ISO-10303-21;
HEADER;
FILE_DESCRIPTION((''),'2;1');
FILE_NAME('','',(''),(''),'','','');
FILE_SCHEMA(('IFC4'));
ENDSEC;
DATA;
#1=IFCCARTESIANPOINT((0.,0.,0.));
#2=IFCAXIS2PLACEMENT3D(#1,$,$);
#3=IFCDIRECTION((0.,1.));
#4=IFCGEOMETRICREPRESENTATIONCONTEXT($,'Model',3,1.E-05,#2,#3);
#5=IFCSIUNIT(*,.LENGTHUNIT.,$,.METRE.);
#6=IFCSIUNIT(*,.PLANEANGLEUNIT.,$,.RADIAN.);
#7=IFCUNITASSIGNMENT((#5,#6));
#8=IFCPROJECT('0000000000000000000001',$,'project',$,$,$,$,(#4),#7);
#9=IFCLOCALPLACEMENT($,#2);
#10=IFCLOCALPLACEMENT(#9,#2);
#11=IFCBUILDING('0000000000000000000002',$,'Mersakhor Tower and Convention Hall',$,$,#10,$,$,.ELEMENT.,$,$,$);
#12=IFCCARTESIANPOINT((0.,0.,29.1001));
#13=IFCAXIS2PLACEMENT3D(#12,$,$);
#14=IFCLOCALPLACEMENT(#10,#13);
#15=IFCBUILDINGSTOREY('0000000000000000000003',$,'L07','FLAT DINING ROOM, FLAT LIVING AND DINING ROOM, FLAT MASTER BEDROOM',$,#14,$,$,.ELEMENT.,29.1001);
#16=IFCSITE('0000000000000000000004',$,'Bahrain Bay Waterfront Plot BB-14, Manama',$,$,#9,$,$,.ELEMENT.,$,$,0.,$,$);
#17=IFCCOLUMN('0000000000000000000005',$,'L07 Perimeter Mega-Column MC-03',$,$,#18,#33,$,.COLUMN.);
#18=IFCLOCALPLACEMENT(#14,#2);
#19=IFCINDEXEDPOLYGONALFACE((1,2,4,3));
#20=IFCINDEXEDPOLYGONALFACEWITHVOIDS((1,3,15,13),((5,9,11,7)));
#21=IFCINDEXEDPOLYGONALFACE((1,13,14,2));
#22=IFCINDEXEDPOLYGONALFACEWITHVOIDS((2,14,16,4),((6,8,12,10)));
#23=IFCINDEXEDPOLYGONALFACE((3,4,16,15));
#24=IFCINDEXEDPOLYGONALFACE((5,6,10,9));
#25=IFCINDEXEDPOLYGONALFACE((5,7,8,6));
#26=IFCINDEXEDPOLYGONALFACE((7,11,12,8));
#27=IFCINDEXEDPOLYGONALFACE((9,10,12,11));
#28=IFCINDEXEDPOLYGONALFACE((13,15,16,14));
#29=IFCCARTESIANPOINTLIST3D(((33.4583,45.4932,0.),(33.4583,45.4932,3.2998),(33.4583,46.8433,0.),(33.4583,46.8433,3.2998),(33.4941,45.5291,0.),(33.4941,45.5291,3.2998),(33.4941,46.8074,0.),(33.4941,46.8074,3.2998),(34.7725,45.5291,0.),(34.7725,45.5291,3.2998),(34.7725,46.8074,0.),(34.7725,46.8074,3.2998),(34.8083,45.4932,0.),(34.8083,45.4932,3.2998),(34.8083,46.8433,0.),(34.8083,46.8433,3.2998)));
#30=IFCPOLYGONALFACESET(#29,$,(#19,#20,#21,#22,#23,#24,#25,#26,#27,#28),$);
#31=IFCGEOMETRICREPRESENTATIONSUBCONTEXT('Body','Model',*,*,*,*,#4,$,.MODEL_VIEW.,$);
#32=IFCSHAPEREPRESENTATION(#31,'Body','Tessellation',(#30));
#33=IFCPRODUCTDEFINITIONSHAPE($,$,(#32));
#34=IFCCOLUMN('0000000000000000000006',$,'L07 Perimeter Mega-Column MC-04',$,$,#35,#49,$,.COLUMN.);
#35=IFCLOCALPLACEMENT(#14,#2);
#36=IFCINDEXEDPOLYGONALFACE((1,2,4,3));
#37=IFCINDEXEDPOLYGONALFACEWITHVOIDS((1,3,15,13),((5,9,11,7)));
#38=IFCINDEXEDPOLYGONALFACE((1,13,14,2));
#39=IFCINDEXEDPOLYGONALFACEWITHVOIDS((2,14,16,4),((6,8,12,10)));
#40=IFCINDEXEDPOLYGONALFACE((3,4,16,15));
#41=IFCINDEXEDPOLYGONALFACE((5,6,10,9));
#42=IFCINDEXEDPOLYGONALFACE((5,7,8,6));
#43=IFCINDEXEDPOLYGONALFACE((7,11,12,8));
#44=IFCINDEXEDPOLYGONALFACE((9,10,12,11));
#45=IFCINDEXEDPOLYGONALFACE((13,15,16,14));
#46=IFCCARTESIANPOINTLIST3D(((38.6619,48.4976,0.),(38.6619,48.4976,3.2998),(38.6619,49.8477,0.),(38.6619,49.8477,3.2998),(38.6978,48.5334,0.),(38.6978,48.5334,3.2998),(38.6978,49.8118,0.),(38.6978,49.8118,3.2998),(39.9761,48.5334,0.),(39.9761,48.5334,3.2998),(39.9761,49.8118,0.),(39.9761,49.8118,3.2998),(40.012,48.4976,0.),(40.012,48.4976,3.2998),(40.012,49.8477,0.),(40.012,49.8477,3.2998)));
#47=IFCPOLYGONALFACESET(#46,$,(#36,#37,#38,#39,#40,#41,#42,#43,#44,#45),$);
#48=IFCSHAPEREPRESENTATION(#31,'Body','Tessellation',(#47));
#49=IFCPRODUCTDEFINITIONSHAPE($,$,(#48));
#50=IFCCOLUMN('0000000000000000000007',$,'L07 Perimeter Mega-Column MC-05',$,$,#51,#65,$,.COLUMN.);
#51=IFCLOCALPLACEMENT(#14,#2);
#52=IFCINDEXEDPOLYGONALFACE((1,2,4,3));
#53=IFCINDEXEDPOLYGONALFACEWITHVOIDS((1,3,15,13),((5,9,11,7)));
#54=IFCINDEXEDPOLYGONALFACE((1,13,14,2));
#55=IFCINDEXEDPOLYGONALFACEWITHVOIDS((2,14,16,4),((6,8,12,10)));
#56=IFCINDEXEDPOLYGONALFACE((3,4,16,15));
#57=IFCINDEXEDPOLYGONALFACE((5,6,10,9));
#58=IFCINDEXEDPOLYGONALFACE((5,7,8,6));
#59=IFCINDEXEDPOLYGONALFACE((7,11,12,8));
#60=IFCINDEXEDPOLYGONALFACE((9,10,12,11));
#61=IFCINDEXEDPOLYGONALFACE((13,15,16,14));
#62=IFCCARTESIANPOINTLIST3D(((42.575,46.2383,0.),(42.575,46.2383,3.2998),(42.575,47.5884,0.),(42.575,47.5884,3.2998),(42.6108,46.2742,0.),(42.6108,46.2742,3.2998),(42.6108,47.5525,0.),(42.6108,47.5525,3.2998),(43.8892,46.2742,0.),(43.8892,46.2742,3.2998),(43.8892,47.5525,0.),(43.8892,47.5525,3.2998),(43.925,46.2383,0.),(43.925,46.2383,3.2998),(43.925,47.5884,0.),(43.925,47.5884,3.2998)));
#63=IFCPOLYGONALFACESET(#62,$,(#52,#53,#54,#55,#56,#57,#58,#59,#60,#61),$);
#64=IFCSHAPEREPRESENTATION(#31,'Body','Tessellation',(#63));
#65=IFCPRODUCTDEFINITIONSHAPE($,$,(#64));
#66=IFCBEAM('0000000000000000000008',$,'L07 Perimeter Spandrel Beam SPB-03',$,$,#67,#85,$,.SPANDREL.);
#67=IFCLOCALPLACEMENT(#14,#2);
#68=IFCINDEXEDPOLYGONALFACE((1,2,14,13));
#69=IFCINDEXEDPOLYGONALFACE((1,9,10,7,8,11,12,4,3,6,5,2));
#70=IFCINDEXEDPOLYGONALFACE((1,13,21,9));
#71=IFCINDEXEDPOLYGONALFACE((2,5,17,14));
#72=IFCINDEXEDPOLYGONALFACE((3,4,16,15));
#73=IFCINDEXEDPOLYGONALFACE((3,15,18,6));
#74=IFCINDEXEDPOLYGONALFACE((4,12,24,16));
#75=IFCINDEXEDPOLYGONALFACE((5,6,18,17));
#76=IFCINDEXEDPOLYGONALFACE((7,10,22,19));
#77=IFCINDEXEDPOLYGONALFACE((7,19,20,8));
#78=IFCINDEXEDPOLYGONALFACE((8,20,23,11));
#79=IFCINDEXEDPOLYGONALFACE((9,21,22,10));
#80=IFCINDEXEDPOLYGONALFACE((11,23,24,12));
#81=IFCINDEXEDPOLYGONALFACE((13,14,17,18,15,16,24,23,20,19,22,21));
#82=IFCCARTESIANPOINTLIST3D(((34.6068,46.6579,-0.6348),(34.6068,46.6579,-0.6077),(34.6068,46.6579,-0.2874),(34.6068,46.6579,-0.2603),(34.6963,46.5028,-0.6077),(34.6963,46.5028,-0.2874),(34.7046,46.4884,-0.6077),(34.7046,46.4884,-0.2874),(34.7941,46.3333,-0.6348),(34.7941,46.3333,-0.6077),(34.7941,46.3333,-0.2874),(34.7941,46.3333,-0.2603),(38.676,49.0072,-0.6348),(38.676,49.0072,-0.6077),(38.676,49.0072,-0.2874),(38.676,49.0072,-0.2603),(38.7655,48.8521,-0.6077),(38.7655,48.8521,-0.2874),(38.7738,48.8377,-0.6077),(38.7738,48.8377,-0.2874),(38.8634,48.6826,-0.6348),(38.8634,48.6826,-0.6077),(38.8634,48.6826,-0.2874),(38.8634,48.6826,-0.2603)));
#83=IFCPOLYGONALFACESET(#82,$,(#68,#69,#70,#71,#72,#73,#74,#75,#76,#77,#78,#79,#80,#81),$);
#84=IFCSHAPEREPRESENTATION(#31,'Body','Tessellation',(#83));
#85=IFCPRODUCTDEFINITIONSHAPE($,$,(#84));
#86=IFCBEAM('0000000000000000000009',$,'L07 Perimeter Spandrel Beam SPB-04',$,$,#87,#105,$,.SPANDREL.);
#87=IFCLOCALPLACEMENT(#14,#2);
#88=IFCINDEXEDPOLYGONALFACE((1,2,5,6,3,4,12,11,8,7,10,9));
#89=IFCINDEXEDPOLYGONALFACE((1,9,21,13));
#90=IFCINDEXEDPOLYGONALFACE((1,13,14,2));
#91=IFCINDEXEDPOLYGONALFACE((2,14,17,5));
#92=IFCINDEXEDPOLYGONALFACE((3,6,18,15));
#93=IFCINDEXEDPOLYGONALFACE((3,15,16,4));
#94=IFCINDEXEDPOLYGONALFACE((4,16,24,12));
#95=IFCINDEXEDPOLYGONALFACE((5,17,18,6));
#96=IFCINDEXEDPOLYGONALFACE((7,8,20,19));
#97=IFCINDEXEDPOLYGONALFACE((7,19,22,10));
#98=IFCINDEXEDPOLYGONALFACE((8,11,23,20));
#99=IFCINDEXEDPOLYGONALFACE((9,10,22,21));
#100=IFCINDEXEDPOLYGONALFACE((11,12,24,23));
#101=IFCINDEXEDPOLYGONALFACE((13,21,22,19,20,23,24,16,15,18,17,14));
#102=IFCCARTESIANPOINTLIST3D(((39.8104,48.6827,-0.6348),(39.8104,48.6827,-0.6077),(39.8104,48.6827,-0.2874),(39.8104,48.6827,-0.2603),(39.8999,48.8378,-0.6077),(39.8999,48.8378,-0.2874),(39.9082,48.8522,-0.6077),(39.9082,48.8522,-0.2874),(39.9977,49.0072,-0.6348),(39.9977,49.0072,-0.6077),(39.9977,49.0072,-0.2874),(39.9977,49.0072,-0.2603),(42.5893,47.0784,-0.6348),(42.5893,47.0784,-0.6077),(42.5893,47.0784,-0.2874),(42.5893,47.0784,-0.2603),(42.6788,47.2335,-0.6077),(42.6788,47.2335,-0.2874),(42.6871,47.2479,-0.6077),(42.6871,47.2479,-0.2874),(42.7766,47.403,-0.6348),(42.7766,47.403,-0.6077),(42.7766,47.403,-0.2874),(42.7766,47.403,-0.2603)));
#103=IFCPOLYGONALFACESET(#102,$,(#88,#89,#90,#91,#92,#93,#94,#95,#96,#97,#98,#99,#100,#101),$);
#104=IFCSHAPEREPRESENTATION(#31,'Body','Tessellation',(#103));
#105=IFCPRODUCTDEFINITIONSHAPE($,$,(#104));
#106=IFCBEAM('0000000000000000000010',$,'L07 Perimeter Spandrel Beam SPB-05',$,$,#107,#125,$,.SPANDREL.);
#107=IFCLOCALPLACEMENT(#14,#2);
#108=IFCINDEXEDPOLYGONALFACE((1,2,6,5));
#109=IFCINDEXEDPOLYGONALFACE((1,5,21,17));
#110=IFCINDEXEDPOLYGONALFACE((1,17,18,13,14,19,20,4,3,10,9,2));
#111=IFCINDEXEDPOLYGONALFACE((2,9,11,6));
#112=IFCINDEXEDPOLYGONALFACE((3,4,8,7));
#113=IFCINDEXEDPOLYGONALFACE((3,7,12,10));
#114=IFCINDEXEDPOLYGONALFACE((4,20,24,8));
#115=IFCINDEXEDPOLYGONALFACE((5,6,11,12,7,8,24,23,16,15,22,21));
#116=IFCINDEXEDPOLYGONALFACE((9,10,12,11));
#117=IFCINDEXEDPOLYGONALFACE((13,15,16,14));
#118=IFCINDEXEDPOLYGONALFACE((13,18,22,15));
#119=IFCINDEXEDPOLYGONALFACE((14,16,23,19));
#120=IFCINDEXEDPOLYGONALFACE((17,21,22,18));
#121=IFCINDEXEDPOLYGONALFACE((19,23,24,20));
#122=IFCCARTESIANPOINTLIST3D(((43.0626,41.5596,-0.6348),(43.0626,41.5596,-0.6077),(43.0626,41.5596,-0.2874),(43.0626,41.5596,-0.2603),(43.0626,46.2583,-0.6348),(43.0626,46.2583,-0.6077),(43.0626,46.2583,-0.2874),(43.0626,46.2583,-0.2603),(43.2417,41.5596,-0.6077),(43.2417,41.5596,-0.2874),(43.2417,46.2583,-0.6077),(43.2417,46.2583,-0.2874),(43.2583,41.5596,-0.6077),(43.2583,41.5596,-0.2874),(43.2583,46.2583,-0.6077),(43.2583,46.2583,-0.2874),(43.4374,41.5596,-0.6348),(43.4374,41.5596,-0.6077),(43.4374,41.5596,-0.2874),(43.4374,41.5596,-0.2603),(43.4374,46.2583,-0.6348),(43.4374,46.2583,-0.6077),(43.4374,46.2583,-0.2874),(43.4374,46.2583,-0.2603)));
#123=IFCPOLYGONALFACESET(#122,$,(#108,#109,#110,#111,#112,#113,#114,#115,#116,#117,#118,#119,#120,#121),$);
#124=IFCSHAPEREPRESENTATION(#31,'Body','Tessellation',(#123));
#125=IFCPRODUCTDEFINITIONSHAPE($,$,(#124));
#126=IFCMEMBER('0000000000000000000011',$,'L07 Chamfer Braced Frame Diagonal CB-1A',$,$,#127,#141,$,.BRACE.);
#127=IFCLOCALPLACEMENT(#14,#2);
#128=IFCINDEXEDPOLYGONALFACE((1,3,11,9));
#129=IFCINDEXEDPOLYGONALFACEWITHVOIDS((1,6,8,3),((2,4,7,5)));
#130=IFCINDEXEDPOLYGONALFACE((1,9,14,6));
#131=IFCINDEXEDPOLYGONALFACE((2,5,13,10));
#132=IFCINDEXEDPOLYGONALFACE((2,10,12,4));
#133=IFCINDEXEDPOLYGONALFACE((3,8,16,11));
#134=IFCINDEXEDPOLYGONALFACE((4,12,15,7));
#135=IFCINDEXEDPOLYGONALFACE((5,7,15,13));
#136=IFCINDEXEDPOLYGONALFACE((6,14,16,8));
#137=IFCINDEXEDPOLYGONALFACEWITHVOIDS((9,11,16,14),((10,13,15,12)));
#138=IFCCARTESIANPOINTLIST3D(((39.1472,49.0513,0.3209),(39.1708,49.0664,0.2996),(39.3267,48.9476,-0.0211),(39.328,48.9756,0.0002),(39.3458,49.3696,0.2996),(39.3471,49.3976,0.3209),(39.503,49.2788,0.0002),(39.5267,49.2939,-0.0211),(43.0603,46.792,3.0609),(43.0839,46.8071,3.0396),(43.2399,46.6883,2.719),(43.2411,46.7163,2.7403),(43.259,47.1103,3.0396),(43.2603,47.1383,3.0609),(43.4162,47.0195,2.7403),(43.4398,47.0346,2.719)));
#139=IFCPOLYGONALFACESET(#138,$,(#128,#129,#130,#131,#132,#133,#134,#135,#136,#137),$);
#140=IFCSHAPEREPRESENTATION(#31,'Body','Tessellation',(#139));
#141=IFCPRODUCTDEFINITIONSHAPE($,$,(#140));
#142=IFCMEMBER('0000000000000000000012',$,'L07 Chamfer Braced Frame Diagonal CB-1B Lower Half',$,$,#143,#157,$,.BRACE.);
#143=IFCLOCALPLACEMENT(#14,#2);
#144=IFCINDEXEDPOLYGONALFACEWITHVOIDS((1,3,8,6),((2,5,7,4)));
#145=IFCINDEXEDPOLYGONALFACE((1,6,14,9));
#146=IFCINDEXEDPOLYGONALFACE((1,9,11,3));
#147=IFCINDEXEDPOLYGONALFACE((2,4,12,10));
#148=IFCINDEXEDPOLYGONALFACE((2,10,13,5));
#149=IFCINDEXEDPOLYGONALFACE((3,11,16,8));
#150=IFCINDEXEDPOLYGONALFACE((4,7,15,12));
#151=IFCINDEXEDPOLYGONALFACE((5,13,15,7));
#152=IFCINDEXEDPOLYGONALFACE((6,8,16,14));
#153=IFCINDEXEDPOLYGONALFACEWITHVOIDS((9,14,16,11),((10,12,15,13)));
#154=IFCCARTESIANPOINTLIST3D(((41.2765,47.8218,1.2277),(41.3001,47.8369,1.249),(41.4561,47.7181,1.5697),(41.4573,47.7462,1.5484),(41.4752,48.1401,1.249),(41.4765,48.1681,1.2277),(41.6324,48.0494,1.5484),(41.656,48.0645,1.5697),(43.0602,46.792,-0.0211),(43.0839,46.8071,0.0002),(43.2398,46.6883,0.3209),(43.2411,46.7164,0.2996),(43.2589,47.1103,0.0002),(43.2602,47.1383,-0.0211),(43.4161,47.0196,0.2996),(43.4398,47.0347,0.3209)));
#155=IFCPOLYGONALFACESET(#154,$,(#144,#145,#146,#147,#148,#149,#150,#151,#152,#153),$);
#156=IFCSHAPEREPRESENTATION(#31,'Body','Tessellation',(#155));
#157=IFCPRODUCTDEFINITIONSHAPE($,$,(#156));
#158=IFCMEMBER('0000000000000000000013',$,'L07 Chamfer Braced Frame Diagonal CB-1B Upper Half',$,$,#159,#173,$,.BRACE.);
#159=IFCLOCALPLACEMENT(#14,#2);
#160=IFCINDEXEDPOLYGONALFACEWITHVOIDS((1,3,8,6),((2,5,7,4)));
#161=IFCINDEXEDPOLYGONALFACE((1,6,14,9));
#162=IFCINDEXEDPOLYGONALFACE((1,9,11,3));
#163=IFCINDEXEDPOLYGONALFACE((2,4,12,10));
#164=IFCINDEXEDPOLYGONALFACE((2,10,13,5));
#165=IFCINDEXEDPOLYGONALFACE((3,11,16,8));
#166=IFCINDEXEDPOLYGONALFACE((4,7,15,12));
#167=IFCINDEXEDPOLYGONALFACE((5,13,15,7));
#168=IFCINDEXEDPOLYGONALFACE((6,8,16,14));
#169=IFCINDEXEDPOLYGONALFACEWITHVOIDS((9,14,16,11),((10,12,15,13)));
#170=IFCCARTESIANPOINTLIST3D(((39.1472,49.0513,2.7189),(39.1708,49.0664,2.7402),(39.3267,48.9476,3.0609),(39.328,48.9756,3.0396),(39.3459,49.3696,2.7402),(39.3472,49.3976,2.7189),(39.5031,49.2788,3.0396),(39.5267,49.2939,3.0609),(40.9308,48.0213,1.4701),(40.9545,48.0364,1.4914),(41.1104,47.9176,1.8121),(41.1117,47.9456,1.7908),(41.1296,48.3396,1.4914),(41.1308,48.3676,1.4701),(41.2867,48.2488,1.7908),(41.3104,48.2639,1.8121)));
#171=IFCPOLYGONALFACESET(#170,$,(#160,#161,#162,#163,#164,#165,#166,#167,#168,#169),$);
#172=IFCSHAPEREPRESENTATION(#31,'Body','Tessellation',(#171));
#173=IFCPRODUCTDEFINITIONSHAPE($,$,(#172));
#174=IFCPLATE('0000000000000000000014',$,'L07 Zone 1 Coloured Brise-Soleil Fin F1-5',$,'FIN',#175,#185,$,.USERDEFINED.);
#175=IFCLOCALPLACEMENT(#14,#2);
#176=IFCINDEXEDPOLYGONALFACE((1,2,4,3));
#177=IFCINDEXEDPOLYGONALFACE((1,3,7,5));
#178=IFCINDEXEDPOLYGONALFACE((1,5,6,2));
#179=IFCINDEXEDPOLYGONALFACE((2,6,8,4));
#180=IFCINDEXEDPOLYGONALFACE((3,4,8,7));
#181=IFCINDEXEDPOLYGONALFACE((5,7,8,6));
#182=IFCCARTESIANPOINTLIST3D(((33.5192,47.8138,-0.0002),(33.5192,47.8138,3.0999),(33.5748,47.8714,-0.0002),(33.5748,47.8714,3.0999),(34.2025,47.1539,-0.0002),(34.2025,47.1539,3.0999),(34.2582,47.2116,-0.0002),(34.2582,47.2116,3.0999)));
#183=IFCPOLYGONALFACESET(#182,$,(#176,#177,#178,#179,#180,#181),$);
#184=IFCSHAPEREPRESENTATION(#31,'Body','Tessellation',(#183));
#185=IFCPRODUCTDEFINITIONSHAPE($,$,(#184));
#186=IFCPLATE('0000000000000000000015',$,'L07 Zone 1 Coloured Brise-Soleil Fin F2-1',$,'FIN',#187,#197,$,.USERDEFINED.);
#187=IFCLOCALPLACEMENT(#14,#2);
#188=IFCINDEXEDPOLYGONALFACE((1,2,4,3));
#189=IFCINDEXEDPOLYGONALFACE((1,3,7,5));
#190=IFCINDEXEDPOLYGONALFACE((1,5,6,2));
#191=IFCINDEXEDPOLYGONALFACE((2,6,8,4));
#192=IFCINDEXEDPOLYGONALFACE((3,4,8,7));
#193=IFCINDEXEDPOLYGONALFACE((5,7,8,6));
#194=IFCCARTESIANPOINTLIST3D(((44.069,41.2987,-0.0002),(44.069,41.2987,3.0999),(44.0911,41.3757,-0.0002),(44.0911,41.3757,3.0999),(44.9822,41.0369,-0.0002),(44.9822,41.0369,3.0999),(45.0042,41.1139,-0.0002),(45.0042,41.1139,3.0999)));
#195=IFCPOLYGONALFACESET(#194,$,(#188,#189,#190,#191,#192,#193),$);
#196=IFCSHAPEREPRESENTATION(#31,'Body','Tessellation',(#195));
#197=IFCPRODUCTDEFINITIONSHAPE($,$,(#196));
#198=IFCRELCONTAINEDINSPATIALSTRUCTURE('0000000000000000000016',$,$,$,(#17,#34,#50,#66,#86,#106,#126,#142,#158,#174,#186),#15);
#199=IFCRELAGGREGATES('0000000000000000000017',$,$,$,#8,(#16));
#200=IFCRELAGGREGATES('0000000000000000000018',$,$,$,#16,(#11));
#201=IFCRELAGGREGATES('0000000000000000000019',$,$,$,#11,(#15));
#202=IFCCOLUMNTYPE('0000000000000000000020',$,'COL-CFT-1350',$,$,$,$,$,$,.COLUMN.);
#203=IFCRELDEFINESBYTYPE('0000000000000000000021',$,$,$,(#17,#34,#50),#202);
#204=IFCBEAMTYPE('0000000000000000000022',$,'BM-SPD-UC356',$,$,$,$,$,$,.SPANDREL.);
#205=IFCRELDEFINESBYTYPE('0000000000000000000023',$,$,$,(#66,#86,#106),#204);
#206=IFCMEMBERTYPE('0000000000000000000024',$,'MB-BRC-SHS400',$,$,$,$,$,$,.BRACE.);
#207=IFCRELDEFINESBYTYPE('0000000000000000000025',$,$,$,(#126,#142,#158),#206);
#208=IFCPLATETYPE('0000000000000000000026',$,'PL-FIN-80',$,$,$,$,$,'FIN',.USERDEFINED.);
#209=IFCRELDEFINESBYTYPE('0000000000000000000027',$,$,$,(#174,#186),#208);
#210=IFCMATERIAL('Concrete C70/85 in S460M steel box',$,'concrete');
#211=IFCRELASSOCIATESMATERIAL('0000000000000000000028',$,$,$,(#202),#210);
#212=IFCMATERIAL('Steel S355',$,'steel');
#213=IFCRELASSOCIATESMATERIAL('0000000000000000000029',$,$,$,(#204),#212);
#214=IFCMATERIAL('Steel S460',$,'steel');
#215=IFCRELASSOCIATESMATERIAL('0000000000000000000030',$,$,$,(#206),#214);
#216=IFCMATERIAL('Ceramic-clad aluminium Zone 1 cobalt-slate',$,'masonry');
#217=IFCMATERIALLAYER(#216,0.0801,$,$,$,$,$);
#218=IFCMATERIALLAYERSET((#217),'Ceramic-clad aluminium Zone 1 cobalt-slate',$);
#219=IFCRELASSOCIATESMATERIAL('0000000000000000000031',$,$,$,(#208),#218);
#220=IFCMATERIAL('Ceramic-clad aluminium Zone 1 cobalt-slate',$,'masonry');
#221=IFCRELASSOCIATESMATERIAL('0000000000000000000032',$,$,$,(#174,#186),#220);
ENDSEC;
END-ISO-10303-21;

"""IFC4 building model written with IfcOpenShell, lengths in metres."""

from ifc_helpers import new_model, si_unit, direction, frame, origin, origin_2d, place, context, subcontext, project, spatial, rectangle, hollow_rectangle, i_section, extrude, material, layer, layer_set, material_profile, profile_set, type_object, element, save


model = new_model("IFC4")

# Units and contexts
model_context = context("Model", 3, precision=1e-05, world=origin(), true_north=direction((0.0, 1.0)))
body_context = subcontext(model_context, "Body", "Model", "MODEL_VIEW")
ifc_project = project(units=[si_unit("LENGTHUNIT", "METRE"), si_unit("PLANEANGLEUNIT", "RADIAN")], contexts=[model_context])

# Site, building, storey
site_placement = place(None, origin())
site = spatial("IfcSite", under=ifc_project, at=site_placement, Name="Bahrain Bay Waterfront Plot BB-14, Manama", CompositionType="ELEMENT", RefElevation=0.0)
building_placement = place(site_placement, origin())
building = spatial("IfcBuilding", under=site, at=building_placement, Name="Mersakhor Tower and Convention Hall", CompositionType="ELEMENT")
storey_placement = place(building_placement, frame((0.0, 0.0, 29.1001)))
storey = spatial("IfcBuildingStorey", under=building, at=storey_placement, Name="L07", Description="FLAT DINING ROOM, FLAT LIVING AND DINING ROOM, FLAT MASTER BEDROOM", CompositionType="ELEMENT", Elevation=29.1001)

# Columns
ifc_material_1 = material(Name="Concrete C70/85 in S460M steel box", Category="concrete")
ifc_material_profile_1 = material_profile(ifc_material_1, hollow_rectangle(XDim=1.3501, YDim=1.3501, WallThickness=0.0359, at=origin_2d()), Name="SHS 1350x1350x36")
ifc_profile_set_1 = profile_set([ifc_material_profile_1], Name="Concrete C70/85 in S460M steel box")
column_type = type_object("IfcColumnType", Name="COL-CFT-1350", PredefinedType="COLUMN", material=ifc_profile_set_1)
for number, where, z_axis, x_axis, name in (
    (1, (34.1333, 46.1682, 0.0), (0.0, 0.0, 1.0), (1.0, 0.0, 0.0), "L07 Perimeter Mega-Column MC-03"),
    (2, (39.3369, 49.1726, 0.0), (0.0, 0.0, 1.0), (1.0, 0.0, 0.0), "L07 Perimeter Mega-Column MC-04"),
    (3, (43.25, 46.9133, 0.0), (0.0, 0.0, 1.0), (1.0, 0.0, 0.0), "L07 Perimeter Mega-Column MC-05"),
):
    element("IfcColumn", number, at=place(storey_placement, frame(where, z_axis=z_axis, x_axis=x_axis)), inside=storey, type_object=column_type, Name=name, PredefinedType="COLUMN", context=body_context, shape_type="SweptSolid", body=[
        extrude(hollow_rectangle(XDim=1.3501, YDim=1.3501, WallThickness=0.0359, at=origin_2d()), origin(), (0.0, 0.0, 1.0), 3.2998),
    ])

# Beams
ifc_material_2 = material(Name="Steel S355", Category="steel")
ifc_material_profile_2 = material_profile(ifc_material_2, i_section(OverallWidth=0.3748, OverallDepth=0.3745, WebThickness=0.0166, FlangeThickness=0.0271, at=origin_2d()), Name="UC 356x368x202")
ifc_profile_set_2 = profile_set([ifc_material_profile_2], Name="Steel S355")
beam_type = type_object("IfcBeamType", Name="BM-SPD-UC356", PredefinedType="SPANDREL", material=ifc_profile_set_2)
beam_1_placement = place(storey_placement, frame((34.7004, 46.4956, -0.4475), z_axis=(0.866032, 0.499989, 0.0), x_axis=(-0.499989, 0.866032, 0.0)))
element("IfcBeam", 4, at=beam_1_placement, inside=storey, type_object=beam_type, Name="L07 Perimeter Spandrel Beam SPB-03", PredefinedType="SPANDREL", context=body_context, shape_type="SweptSolid", body=[
    extrude(i_section(OverallWidth=0.3748, OverallDepth=0.3745, WebThickness=0.0166, FlangeThickness=0.0271, at=origin_2d()), origin(), (0.0, 0.0, 1.0), 4.6987),
])
beam_2_placement = place(storey_placement, frame((39.9041, 48.845, -0.4475), z_axis=(0.866039, -0.499977, 0.0), x_axis=(0.499977, 0.866039, 0.0)))
element("IfcBeam", 5, at=beam_2_placement, inside=storey, type_object=beam_type, Name="L07 Perimeter Spandrel Beam SPB-04", PredefinedType="SPANDREL", context=body_context, shape_type="SweptSolid", body=[
    extrude(i_section(OverallWidth=0.3748, OverallDepth=0.3745, WebThickness=0.0166, FlangeThickness=0.0271, at=origin_2d()), origin(), (0.0, 0.0, 1.0), 3.2087),
])
beam_3_placement = place(storey_placement, frame((43.25, 46.2583, -0.4475), z_axis=(0.0, -1.0, 0.0), x_axis=(1.0, 0.0, 0.0)))
element("IfcBeam", 6, at=beam_3_placement, inside=storey, type_object=beam_type, Name="L07 Perimeter Spandrel Beam SPB-05", PredefinedType="SPANDREL", context=body_context, shape_type="SweptSolid", body=[
    extrude(i_section(OverallWidth=0.3748, OverallDepth=0.3745, WebThickness=0.0166, FlangeThickness=0.0271, at=origin_2d()), origin(), (0.0, 0.0, 1.0), 4.6987),
])

# Members
ifc_material_3 = material(Name="Steel S460", Category="steel")
ifc_material_profile_3 = material_profile(ifc_material_3, hollow_rectangle(XDim=0.3999, YDim=0.3999, WallThickness=0.0249, at=origin_2d()), Name="SHS 400x400x25")
ifc_profile_set_3 = profile_set([ifc_material_profile_3], Name="Steel S460")
member_type = type_object("IfcMemberType", Name="MB-BRC-SHS400", PredefinedType="BRACE", material=ifc_profile_set_3)
member_placement = place(storey_placement, frame((39.3369, 49.1726, 0.1499), z_axis=(0.740508, -0.427543, 0.518513), x_axis=(0.500009, 0.86602, 0.0)))
element("IfcMember", 7, at=member_placement, inside=storey, type_object=member_type, Name="L07 Chamfer Braced Frame Diagonal CB-1A", PredefinedType="BRACE", context=body_context, shape_type="SweptSolid", body=[
    extrude(hollow_rectangle(XDim=0.3999, YDim=0.3999, WallThickness=0.0249, at=origin_2d()), origin(), (0.0, 0.0, 1.0), 5.2844),
])
for number, where, z_axis, x_axis, name in (
    (8, (43.25, 46.9133, 0.1499), (-0.740544, 0.427541, 0.518462), (-0.499989, -0.866032, 0.0), "L07 Chamfer Braced Frame Diagonal CB-1B Lower Half"),
    (9, (41.1206, 48.1426, 1.6411), (-0.740512, 0.427624, 0.51844), (-0.500078, -0.86598, 0.0), "L07 Chamfer Braced Frame Diagonal CB-1B Upper Half"),
):
    element("IfcMember", number, at=place(storey_placement, frame(where, z_axis=z_axis, x_axis=x_axis)), inside=storey, type_object=member_type, Name=name, PredefinedType="BRACE", context=body_context, shape_type="SweptSolid", body=[
        extrude(hollow_rectangle(XDim=0.3999, YDim=0.3999, WallThickness=0.0249, at=origin_2d()), origin(), (0.0, 0.0, 1.0), 2.4087),
    ])

# Plates
ifc_material_4 = material(Name="Ceramic-clad aluminium Zone 1 cobalt-slate", Category="masonry")
ifc_material_5 = material(Name="Ceramic-clad aluminium Zone 1 cobalt-slate", Category="masonry")
ifc_layer_1 = layer(ifc_material_5, 0.0801)
ifc_layer_set_1 = layer_set([ifc_layer_1], Name="Ceramic-clad aluminium Zone 1 cobalt-slate")
plate_type_1 = type_object("IfcPlateType", Name="PL-FIN-80", ElementType="FIN", PredefinedType="USERDEFINED", material=ifc_layer_set_1)
for number, where, z_axis, x_axis, name in (
    (10, (33.8887, 47.5127, -0.0002), (0.0, 0.0, 1.0), (-0.71934, 0.694658, 0.0), "L07 Zone 1 Coloured Brise-Soleil Fin F1-5"),
    (11, (44.5366, 41.2063, -0.0002), (0.0, 0.0, 1.0), (0.961262, -0.275637, 0.0), "L07 Zone 1 Coloured Brise-Soleil Fin F2-1"),
):
    element("IfcPlate", number, at=place(storey_placement, frame(where, z_axis=z_axis, x_axis=x_axis)), inside=storey, type_object=plate_type_1, material=ifc_material_4, Name=name, ObjectType="FIN", PredefinedType="USERDEFINED", context=body_context, shape_type="SweptSolid", body=[
        extrude(rectangle(XDim=0.95, YDim=0.0801, at=origin_2d()), origin(), (0.0, 0.0, 1.0), 3.1001),
    ])

save(model, "model.ifc")
